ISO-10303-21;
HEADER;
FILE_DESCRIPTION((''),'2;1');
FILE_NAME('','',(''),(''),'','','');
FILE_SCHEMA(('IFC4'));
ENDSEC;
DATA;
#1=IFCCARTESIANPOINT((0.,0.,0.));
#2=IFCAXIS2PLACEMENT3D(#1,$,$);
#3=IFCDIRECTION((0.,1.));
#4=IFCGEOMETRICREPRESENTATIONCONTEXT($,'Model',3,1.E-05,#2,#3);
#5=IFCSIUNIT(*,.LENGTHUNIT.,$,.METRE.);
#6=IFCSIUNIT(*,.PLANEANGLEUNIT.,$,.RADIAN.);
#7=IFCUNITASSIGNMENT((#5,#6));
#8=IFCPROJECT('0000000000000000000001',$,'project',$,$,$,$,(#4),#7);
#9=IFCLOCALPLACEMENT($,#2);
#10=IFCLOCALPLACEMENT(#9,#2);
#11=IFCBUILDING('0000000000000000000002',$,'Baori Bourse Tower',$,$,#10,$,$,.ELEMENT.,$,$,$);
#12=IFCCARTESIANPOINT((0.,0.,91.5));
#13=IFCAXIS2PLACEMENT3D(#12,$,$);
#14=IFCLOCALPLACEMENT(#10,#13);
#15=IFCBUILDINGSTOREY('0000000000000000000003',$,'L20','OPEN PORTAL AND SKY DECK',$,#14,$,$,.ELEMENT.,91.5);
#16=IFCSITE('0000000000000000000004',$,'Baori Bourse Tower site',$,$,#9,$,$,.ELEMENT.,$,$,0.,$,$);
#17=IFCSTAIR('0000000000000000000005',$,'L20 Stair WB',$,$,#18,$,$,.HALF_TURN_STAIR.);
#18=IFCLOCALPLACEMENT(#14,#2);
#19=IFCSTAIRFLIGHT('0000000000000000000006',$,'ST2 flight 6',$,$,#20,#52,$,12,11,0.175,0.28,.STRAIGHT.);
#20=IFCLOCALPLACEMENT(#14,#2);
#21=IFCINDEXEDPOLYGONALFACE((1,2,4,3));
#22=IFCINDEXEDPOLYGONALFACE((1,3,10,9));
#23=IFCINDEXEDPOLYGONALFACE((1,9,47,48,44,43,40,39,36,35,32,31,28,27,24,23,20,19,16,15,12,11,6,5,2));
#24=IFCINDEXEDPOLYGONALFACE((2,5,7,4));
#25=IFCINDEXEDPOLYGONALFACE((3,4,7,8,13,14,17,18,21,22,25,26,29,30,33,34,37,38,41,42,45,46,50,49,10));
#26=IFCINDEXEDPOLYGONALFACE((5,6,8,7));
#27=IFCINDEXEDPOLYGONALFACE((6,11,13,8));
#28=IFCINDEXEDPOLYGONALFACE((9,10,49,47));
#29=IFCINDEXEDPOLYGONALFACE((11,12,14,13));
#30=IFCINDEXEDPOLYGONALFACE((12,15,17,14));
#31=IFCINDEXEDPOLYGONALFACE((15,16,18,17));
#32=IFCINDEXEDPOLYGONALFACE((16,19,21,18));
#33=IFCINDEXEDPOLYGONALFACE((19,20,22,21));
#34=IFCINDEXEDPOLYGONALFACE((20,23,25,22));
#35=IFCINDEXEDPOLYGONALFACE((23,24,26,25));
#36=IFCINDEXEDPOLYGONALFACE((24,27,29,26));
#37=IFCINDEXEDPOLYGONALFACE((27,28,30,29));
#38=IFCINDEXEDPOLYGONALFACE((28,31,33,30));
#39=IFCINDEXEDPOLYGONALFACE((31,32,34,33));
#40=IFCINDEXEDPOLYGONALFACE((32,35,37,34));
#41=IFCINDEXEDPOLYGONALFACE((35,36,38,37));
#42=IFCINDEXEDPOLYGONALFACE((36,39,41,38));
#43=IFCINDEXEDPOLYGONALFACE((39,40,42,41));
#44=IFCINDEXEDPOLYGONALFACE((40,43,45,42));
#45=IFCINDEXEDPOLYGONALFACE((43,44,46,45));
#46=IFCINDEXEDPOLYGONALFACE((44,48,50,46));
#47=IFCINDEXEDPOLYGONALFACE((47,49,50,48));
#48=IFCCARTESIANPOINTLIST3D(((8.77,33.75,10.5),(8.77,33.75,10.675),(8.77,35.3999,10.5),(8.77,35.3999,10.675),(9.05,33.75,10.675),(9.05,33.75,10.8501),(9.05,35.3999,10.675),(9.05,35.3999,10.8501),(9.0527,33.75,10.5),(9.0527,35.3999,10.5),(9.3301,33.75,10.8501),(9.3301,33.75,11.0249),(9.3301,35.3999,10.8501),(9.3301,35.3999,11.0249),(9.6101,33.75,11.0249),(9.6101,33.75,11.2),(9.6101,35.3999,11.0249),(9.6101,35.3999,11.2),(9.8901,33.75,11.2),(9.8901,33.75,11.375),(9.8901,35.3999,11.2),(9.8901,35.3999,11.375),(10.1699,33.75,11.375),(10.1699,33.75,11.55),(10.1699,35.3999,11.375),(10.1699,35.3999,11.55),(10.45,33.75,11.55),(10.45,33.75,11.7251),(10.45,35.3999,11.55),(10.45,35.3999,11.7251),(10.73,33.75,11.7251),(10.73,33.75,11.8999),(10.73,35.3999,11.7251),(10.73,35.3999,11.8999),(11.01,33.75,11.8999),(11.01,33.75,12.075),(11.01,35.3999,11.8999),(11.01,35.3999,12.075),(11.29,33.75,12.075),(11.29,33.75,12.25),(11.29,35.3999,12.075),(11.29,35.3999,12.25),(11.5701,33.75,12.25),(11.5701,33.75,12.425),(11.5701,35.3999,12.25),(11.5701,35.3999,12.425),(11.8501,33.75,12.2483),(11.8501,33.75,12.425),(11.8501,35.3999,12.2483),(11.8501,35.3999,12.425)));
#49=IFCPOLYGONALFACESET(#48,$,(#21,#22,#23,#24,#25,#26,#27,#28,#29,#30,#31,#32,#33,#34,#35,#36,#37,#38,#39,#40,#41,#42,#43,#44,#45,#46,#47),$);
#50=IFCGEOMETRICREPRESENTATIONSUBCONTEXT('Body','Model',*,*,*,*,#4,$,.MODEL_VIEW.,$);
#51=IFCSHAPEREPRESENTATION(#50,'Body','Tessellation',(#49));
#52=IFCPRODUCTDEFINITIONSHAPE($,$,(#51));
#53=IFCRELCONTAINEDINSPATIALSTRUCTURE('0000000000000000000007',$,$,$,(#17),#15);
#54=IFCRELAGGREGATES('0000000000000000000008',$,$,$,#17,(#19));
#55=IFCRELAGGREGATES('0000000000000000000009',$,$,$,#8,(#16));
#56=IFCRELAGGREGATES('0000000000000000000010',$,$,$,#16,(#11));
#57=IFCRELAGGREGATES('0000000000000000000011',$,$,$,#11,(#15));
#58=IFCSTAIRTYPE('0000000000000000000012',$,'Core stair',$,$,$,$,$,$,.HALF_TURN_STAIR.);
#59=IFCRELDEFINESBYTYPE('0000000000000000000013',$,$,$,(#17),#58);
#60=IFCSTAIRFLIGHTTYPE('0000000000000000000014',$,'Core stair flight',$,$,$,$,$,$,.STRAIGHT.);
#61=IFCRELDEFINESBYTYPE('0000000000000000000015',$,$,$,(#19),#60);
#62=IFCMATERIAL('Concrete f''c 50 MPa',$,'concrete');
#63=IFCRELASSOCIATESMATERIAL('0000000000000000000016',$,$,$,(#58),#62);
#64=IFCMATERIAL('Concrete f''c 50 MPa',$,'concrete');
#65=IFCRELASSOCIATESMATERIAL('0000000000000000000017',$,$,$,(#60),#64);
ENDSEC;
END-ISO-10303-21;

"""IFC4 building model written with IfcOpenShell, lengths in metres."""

from ifc_helpers import new_model, si_unit, direction, frame, origin, place, context, subcontext, project, spatial, polyline, outline, extrude, material, type_object, element, aggregate, save


model = new_model("IFC4")

# Units and contexts
model_context = context("Model", 3, precision=1e-05, world=origin(), true_north=direction((0.0, 1.0)))
body_context = subcontext(model_context, "Body", "Model", "MODEL_VIEW")
ifc_project = project(units=[si_unit("LENGTHUNIT", "METRE"), si_unit("PLANEANGLEUNIT", "RADIAN")], contexts=[model_context])

# Site, building, storey
site_placement = place(None, origin())
site = spatial("IfcSite", under=ifc_project, at=site_placement, Name="Baori Bourse Tower site", CompositionType="ELEMENT", RefElevation=0.0)
building_placement = place(site_placement, origin())
building = spatial("IfcBuilding", under=site, at=building_placement, Name="Baori Bourse Tower", CompositionType="ELEMENT")
storey_placement = place(building_placement, frame((0.0, 0.0, 91.5)))
storey = spatial("IfcBuildingStorey", under=building, at=storey_placement, Name="L20", Description="OPEN PORTAL AND SKY DECK", CompositionType="ELEMENT", Elevation=91.5)

# Stair, stair flight
ifc_material_1 = material(Name="Concrete f'c 50 MPa", Category="concrete")
stair_type = type_object("IfcStairType", Name="Core stair", PredefinedType="HALF_TURN_STAIR", material=ifc_material_1)
stair_placement = place(storey_placement, origin())
stair = element("IfcStair", 1, at=stair_placement, inside=storey, type_object=stair_type, Name="L20 Stair WB", PredefinedType="HALF_TURN_STAIR")
ifc_material_2 = material(Name="Concrete f'c 50 MPa", Category="concrete")
stair_flight_type = type_object("IfcStairFlightType", Name="Core stair flight", PredefinedType="STRAIGHT", material=ifc_material_2)
stair_flight_1_placement = place(storey_placement, frame((8.77, 34.575, 10.5), z_axis=(0.0, 0.0, 1.0), x_axis=(1.0, 0.0, 0.0)))
stair_flight_1 = element("IfcStairFlight", 2, at=stair_flight_1_placement, type_object=stair_flight_type, Name="ST2 flight 6", NumberOfRisers=12, NumberOfTreads=11, PredefinedType="STRAIGHT", RiserHeight=0.175, TreadLength=0.28, context=body_context, shape_type="SweptSolid", body=[
    extrude(outline(polyline([(0.0, 0.0), (0.0, 0.175), (0.28, 0.175), (0.28, 0.3501), (0.5601, 0.3501), (0.5601, 0.5249), (0.8401, 0.5249), (0.8401, 0.7), (1.1201, 0.7), (1.1201, 0.875), (1.3999, 0.875), (1.3999, 1.05), (1.6799, 1.05), (1.6799, 1.2251), (1.96, 1.2251), (1.96, 1.3999), (2.24, 1.3999), (2.24, 1.575), (2.52, 1.575), (2.52, 1.75), (2.8, 1.75), (2.8, 1.925), (3.0801, 1.925), (3.0801, 2.1001), (3.0801, 1.7483), (0.2827, 0.0), (0.0, 0.0)])), frame((0.0, 0.825, 0.0), z_axis=(0.0, -1.0, 0.0), x_axis=(1.0, 0.0, 0.0)), (0.0, 0.0, 1.0), 1.6499),
])
aggregate(stair, [stair_flight_1])

save(model, "model.ifc")
